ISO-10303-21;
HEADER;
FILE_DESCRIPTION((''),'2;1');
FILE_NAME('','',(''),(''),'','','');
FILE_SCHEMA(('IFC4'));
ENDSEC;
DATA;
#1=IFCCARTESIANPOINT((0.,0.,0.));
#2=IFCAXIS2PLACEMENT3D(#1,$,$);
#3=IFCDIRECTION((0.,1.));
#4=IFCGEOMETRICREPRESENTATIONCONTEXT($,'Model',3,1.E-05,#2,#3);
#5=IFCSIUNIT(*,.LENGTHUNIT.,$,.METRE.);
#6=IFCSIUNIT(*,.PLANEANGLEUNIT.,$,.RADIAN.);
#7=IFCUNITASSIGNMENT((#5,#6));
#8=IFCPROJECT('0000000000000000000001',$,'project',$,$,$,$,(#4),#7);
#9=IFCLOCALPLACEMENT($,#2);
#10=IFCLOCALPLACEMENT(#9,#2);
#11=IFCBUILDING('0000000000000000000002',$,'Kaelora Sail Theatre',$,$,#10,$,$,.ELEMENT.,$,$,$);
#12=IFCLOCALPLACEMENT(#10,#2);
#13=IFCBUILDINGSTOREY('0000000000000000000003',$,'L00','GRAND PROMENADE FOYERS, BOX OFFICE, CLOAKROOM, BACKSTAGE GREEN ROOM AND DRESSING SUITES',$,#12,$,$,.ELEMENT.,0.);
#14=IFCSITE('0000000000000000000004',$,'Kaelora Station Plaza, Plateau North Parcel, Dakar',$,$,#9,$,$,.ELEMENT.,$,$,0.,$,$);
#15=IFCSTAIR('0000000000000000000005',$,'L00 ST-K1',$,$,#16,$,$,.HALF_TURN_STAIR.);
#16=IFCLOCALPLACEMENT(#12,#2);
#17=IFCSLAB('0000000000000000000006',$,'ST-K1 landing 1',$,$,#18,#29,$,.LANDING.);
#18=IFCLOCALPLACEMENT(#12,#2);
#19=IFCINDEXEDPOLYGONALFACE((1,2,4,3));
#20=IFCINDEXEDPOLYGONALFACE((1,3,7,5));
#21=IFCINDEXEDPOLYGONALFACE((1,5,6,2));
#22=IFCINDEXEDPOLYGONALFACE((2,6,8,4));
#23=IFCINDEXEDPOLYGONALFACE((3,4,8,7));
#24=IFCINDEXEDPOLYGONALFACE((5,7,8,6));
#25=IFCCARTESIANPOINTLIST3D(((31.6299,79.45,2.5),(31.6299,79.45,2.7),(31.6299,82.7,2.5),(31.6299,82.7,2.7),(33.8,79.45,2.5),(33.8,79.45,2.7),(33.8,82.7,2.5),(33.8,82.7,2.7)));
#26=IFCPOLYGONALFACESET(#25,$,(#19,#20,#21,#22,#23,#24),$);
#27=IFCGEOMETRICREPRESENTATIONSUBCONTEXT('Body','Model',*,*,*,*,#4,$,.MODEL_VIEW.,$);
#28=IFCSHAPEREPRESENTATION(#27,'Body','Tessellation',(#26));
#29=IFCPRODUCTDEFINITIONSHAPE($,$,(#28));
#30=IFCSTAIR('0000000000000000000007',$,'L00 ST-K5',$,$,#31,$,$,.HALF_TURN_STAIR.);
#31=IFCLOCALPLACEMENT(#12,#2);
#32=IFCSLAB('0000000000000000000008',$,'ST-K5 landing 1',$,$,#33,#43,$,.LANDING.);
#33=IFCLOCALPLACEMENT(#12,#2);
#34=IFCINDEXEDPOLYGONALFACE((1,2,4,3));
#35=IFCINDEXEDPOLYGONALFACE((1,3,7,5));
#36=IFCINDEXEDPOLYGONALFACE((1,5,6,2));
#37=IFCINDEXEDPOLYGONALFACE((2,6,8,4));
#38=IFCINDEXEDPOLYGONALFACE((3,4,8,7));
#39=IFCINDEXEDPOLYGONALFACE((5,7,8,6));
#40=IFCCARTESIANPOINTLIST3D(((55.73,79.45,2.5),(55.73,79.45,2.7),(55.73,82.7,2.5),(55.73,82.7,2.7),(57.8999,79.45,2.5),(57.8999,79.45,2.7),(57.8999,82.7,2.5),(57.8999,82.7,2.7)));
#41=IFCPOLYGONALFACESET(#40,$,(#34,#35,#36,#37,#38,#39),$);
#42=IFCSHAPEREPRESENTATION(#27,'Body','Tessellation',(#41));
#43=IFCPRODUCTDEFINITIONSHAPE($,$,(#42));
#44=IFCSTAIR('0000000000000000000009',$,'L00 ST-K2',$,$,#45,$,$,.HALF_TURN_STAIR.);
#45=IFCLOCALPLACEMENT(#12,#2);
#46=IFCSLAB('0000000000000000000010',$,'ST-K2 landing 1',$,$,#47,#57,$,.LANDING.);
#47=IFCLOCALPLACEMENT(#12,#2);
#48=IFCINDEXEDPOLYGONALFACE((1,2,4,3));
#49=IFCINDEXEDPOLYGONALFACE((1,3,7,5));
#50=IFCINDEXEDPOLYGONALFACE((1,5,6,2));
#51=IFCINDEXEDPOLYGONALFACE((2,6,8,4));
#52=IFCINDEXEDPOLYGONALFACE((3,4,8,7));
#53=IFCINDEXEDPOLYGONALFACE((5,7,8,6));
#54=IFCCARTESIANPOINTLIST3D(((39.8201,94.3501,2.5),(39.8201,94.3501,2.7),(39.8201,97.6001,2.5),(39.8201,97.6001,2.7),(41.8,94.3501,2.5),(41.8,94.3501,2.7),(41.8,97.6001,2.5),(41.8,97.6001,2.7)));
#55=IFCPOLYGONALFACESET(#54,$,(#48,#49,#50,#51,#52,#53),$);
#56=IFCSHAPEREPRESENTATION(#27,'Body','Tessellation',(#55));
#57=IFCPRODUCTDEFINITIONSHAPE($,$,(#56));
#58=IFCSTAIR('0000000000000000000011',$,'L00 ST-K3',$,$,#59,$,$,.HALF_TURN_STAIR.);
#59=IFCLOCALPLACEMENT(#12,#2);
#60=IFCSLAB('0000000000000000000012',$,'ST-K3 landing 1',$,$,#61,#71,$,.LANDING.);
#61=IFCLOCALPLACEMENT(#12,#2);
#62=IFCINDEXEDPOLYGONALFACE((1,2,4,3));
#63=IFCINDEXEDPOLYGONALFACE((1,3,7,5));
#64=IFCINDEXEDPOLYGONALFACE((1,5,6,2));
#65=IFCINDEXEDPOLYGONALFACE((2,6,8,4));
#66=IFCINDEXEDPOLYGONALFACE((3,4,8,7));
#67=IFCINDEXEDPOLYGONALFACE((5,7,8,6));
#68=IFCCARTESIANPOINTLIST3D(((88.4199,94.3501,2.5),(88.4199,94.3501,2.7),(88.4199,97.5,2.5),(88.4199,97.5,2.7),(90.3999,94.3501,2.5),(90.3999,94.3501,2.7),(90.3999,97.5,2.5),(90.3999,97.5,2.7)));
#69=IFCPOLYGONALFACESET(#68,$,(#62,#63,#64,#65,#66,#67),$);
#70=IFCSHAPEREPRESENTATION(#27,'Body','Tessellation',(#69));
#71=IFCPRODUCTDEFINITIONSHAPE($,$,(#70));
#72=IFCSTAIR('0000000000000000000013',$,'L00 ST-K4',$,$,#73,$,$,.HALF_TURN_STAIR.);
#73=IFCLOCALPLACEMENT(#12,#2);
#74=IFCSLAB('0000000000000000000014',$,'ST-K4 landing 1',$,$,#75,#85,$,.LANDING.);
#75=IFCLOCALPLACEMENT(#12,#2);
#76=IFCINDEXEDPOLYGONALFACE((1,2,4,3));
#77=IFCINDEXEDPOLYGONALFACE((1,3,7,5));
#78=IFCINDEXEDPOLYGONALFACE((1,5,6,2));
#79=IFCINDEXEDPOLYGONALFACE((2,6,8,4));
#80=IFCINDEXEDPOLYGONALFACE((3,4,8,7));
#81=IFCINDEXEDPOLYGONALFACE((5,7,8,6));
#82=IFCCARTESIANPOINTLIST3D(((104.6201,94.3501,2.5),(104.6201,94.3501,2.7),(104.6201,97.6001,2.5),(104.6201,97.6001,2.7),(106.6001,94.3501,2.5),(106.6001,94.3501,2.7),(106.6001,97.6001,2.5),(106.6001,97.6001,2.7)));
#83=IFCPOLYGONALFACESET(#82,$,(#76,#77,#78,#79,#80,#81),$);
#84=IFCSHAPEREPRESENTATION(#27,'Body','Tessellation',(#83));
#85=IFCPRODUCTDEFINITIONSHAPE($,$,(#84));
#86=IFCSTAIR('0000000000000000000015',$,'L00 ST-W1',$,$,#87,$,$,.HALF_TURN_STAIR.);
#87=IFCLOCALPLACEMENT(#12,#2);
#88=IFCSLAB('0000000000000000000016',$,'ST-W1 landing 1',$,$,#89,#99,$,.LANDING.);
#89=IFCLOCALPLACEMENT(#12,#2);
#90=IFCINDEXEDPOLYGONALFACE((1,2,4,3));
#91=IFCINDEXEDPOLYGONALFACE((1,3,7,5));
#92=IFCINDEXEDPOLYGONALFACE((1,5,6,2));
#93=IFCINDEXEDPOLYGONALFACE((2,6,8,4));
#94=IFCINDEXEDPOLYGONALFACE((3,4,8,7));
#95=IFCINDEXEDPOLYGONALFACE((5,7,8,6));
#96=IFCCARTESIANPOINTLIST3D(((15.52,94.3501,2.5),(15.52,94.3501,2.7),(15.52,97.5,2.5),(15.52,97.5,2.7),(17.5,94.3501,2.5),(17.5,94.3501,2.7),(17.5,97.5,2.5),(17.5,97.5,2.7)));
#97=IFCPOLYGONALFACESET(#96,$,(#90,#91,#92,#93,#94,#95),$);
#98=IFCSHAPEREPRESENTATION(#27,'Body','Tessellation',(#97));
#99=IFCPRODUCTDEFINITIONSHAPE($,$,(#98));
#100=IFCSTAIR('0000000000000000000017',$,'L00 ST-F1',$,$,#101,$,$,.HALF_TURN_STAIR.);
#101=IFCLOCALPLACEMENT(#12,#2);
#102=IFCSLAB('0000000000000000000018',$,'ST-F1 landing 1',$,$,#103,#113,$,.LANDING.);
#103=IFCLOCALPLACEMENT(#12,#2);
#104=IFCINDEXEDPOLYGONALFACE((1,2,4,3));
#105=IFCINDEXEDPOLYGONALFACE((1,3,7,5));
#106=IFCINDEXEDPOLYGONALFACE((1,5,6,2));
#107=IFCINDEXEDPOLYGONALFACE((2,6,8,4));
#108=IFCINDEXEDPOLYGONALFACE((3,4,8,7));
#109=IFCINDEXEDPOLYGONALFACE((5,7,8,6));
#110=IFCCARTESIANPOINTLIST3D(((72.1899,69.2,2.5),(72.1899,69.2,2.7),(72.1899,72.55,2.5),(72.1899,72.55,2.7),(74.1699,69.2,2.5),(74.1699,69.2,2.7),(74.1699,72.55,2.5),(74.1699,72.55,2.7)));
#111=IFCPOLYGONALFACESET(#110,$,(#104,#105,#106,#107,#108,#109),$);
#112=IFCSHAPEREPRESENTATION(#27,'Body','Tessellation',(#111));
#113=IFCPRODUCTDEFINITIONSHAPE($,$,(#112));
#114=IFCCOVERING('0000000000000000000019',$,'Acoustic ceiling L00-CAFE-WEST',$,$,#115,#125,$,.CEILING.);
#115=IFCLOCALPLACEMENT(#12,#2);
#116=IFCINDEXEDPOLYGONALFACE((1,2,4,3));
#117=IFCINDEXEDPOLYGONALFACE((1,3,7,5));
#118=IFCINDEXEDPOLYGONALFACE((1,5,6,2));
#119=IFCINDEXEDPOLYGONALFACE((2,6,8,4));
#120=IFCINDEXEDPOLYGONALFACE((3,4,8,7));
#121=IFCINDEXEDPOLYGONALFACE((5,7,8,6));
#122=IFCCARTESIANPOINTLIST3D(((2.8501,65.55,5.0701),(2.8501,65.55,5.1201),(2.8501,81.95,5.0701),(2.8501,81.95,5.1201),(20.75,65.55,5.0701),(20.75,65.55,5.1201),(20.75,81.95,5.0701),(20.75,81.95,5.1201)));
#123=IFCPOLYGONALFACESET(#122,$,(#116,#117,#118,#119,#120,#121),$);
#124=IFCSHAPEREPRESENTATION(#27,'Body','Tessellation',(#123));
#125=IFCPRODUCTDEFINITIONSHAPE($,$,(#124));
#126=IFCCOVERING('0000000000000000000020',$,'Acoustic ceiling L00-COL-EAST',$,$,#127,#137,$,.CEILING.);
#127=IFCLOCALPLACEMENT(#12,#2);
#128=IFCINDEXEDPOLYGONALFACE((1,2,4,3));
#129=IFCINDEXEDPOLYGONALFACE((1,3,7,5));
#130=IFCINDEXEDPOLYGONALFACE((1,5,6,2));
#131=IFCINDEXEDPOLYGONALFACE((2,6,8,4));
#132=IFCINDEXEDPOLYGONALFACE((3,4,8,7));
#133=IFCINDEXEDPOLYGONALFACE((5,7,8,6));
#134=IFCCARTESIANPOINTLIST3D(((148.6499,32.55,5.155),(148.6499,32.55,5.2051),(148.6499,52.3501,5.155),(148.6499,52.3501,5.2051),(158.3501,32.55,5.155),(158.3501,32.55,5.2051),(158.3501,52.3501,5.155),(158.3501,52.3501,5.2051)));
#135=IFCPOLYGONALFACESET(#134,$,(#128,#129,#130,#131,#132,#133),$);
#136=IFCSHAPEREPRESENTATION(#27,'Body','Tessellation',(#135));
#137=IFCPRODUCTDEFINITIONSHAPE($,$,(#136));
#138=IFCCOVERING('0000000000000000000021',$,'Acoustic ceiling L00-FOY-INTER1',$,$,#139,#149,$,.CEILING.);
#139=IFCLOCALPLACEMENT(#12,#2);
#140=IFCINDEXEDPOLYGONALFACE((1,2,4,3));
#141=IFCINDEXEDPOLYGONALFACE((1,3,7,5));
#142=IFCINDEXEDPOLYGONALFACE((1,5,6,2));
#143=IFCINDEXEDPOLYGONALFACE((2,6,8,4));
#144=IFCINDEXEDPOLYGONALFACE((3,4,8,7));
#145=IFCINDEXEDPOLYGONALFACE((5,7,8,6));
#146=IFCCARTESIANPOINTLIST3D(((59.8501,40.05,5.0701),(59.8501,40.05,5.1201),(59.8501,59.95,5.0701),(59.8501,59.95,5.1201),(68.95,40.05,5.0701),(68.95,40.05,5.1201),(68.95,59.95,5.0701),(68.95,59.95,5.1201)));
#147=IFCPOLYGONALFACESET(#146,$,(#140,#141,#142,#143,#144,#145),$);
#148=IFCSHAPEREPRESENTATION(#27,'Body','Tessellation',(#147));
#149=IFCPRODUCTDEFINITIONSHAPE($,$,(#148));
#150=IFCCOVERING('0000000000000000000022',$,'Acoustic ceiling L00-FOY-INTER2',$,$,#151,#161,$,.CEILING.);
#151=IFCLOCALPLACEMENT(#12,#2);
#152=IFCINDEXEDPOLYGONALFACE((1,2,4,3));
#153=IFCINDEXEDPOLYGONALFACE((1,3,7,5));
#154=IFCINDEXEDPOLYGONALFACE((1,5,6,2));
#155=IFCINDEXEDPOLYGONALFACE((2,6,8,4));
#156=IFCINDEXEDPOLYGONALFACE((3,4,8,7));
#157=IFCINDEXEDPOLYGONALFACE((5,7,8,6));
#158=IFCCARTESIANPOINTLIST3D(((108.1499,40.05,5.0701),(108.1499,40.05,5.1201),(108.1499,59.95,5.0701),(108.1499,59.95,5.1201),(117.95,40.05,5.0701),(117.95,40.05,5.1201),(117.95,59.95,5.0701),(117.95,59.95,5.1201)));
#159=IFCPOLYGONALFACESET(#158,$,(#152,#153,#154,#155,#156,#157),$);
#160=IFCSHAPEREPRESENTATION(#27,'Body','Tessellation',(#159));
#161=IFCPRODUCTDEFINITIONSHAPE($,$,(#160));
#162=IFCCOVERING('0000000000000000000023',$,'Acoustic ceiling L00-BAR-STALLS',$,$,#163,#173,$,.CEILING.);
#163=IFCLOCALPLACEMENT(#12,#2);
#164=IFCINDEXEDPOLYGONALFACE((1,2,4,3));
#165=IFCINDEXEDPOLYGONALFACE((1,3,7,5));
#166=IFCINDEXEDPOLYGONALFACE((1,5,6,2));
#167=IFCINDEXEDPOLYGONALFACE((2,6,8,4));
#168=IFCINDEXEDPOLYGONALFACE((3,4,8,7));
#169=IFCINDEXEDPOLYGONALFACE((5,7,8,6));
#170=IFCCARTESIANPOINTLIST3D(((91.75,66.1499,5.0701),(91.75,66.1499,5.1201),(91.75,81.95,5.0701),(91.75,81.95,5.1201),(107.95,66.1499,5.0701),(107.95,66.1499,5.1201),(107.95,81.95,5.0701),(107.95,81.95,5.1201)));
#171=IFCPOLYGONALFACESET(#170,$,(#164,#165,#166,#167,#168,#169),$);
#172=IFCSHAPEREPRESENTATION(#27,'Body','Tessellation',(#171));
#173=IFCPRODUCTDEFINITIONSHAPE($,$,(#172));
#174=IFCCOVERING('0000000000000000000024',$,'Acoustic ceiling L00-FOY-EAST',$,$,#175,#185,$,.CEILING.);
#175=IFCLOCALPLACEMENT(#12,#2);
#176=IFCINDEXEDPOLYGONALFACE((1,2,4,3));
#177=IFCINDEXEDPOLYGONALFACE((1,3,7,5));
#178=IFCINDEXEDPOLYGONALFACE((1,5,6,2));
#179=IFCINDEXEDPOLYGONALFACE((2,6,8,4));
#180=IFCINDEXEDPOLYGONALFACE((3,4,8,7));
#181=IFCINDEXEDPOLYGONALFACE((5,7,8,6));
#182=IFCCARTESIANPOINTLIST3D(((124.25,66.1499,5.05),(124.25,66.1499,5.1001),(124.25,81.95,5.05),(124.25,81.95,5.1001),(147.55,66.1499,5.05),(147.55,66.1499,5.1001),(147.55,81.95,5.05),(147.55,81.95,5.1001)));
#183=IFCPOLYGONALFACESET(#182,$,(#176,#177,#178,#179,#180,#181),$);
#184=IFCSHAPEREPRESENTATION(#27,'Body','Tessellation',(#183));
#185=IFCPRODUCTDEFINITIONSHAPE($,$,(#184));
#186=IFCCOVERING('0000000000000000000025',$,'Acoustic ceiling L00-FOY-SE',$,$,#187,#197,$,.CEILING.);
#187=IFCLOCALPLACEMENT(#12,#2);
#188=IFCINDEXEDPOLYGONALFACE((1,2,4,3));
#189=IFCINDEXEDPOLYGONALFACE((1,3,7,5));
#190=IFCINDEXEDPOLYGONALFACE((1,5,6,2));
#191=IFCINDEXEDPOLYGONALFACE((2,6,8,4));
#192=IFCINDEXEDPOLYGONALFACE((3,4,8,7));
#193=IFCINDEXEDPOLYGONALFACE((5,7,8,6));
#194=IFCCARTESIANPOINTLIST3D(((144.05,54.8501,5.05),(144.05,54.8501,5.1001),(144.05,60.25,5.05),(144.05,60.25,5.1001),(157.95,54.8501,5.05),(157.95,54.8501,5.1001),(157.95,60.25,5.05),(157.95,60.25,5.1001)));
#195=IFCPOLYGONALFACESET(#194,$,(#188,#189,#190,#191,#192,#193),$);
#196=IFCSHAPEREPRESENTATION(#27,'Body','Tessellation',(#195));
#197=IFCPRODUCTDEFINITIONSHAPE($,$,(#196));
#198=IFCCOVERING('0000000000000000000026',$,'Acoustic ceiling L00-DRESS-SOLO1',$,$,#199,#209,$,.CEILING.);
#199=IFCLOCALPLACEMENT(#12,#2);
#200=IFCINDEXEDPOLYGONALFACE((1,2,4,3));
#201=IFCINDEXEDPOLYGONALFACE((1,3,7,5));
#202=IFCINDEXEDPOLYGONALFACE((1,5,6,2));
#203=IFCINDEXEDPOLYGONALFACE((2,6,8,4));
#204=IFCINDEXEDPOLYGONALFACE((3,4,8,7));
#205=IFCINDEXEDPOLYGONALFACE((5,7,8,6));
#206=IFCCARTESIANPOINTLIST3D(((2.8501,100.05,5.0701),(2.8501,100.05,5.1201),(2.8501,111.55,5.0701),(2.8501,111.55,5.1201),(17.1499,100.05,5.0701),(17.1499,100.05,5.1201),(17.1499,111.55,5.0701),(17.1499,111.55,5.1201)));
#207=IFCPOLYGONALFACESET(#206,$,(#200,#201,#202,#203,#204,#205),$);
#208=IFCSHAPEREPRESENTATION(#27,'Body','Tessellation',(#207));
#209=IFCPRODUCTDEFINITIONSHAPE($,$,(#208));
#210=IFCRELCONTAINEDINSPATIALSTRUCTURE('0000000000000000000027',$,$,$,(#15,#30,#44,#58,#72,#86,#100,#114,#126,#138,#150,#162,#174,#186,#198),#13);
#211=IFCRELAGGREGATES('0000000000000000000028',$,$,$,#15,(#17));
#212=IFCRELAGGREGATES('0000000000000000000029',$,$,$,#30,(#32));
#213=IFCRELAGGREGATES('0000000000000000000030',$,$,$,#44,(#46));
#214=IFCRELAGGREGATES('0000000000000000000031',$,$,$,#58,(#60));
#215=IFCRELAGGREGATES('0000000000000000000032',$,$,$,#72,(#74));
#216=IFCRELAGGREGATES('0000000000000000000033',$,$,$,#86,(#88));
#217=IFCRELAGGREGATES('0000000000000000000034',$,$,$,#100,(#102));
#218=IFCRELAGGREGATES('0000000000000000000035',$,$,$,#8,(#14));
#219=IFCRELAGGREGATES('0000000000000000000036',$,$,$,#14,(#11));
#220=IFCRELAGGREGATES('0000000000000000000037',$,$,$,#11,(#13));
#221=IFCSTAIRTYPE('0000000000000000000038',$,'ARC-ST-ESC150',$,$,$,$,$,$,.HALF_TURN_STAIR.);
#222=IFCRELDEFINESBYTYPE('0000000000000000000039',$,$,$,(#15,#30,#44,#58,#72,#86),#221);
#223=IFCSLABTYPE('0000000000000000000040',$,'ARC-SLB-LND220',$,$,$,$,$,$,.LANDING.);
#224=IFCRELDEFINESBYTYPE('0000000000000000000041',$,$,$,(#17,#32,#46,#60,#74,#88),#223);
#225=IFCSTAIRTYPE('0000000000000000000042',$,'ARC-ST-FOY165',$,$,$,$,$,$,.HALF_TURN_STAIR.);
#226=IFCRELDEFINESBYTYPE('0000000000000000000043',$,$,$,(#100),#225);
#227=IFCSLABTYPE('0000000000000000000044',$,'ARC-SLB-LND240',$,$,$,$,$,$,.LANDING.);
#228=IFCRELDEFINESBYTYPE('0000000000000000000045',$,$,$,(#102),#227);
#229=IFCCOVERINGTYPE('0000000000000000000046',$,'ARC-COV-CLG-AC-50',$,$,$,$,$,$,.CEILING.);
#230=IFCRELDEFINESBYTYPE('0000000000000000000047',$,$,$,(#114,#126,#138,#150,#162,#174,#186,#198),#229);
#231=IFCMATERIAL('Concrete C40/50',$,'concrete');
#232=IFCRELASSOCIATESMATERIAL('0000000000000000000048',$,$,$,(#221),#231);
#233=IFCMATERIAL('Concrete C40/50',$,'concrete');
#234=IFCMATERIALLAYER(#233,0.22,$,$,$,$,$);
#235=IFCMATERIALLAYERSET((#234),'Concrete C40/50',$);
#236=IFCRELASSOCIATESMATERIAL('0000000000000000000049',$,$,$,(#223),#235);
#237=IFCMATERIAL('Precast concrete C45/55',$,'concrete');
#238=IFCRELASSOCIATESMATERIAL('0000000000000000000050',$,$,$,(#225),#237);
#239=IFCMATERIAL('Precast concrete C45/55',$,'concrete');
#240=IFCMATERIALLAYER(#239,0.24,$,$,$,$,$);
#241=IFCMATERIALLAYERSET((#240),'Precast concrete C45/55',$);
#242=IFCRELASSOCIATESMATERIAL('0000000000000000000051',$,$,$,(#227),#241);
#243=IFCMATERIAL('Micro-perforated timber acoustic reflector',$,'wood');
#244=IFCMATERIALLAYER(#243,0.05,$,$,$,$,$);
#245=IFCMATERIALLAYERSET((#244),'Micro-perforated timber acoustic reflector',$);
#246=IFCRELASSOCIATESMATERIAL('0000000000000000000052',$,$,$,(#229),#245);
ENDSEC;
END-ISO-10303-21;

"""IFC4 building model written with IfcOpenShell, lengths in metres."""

from ifc_helpers import new_model, si_unit, direction, frame, origin, place, context, subcontext, project, spatial, polyline, outline, extrude, material, layer, layer_set, type_object, element, aggregate, save


model = new_model("IFC4")

# Units and contexts
model_context = context("Model", 3, precision=1e-05, world=origin(), true_north=direction((0.0, 1.0)))
body_context = subcontext(model_context, "Body", "Model", "MODEL_VIEW")
ifc_project = project(units=[si_unit("LENGTHUNIT", "METRE"), si_unit("PLANEANGLEUNIT", "RADIAN")], contexts=[model_context])

# Site, building, storey
site_placement = place(None, origin())
site = spatial("IfcSite", under=ifc_project, at=site_placement, Name="Kaelora Station Plaza, Plateau North Parcel, Dakar", CompositionType="ELEMENT", RefElevation=0.0)
building_placement = place(site_placement, origin())
building = spatial("IfcBuilding", under=site, at=building_placement, Name="Kaelora Sail Theatre", CompositionType="ELEMENT")
storey_placement = place(building_placement, origin())
storey = spatial("IfcBuildingStorey", under=building, at=storey_placement, Name="L00", Description="GRAND PROMENADE FOYERS, BOX OFFICE, CLOAKROOM, BACKSTAGE GREEN ROOM AND DRESSING SUITES", CompositionType="ELEMENT", Elevation=0.0)

# Stairs, slabs
ifc_material_1 = material(Name="Concrete C40/50", Category="concrete")
stair_type_1 = type_object("IfcStairType", Name="ARC-ST-ESC150", PredefinedType="HALF_TURN_STAIR", material=ifc_material_1)
stair_1_placement = place(storey_placement, origin())
stair_1 = element("IfcStair", 1, at=stair_1_placement, inside=storey, type_object=stair_type_1, Name="L00 ST-K1", PredefinedType="HALF_TURN_STAIR")
ifc_material_2 = material(Name="Concrete C40/50", Category="concrete")
ifc_layer_1 = layer(ifc_material_2, 0.22)
ifc_layer_set_1 = layer_set([ifc_layer_1], Name="Concrete C40/50")
slab_type_1 = type_object("IfcSlabType", Name="ARC-SLB-LND220", PredefinedType="LANDING", material=ifc_layer_set_1)
slab_1_placement = place(storey_placement, frame((0.0, 0.0, 2.5)))
slab_1 = element("IfcSlab", 2, at=slab_1_placement, type_object=slab_type_1, Name="ST-K1 landing 1", PredefinedType="LANDING", context=body_context, shape_type="SweptSolid", body=[
    extrude(outline(polyline([(31.6299, 79.45), (33.8, 79.45), (33.8, 82.7), (31.6299, 82.7), (31.6299, 79.45)])), origin(), (0.0, 0.0, 1.0), 0.2),
])
aggregate(stair_1, [slab_1])
stair_2_placement = place(storey_placement, origin())
stair_2 = element("IfcStair", 3, at=stair_2_placement, inside=storey, type_object=stair_type_1, Name="L00 ST-K5", PredefinedType="HALF_TURN_STAIR")
slab_2_placement = place(storey_placement, frame((0.0, 0.0, 2.5)))
slab_2 = element("IfcSlab", 4, at=slab_2_placement, type_object=slab_type_1, Name="ST-K5 landing 1", PredefinedType="LANDING", context=body_context, shape_type="SweptSolid", body=[
    extrude(outline(polyline([(55.73, 79.45), (57.8999, 79.45), (57.8999, 82.7), (55.73, 82.7), (55.73, 79.45)])), origin(), (0.0, 0.0, 1.0), 0.2),
])
aggregate(stair_2, [slab_2])
stair_3_placement = place(storey_placement, origin())
stair_3 = element("IfcStair", 5, at=stair_3_placement, inside=storey, type_object=stair_type_1, Name="L00 ST-K2", PredefinedType="HALF_TURN_STAIR")
slab_3_placement = place(storey_placement, frame((0.0, 0.0, 2.5)))
slab_3 = element("IfcSlab", 6, at=slab_3_placement, type_object=slab_type_1, Name="ST-K2 landing 1", PredefinedType="LANDING", context=body_context, shape_type="SweptSolid", body=[
    extrude(outline(polyline([(39.8201, 94.3501), (41.8, 94.3501), (41.8, 97.6001), (39.8201, 97.6001), (39.8201, 94.3501)])), origin(), (0.0, 0.0, 1.0), 0.2),
])
aggregate(stair_3, [slab_3])
stair_4_placement = place(storey_placement, origin())
stair_4 = element("IfcStair", 7, at=stair_4_placement, inside=storey, type_object=stair_type_1, Name="L00 ST-K3", PredefinedType="HALF_TURN_STAIR")
slab_4_placement = place(storey_placement, frame((0.0, 0.0, 2.5)))
slab_4 = element("IfcSlab", 8, at=slab_4_placement, type_object=slab_type_1, Name="ST-K3 landing 1", PredefinedType="LANDING", context=body_context, shape_type="SweptSolid", body=[
    extrude(outline(polyline([(88.4199, 94.3501), (90.3999, 94.3501), (90.3999, 97.5), (88.4199, 97.5), (88.4199, 94.3501)])), origin(), (0.0, 0.0, 1.0), 0.2),
])
aggregate(stair_4, [slab_4])
stair_5_placement = place(storey_placement, origin())
stair_5 = element("IfcStair", 9, at=stair_5_placement, inside=storey, type_object=stair_type_1, Name="L00 ST-K4", PredefinedType="HALF_TURN_STAIR")
slab_5_placement = place(storey_placement, frame((0.0, 0.0, 2.5)))
slab_5 = element("IfcSlab", 10, at=slab_5_placement, type_object=slab_type_1, Name="ST-K4 landing 1", PredefinedType="LANDING", context=body_context, shape_type="SweptSolid", body=[
    extrude(outline(polyline([(104.6201, 94.3501), (106.6001, 94.3501), (106.6001, 97.6001), (104.6201, 97.6001), (104.6201, 94.3501)])), origin(), (0.0, 0.0, 1.0), 0.2),
])
aggregate(stair_5, [slab_5])
stair_6_placement = place(storey_placement, origin())
stair_6 = element("IfcStair", 11, at=stair_6_placement, inside=storey, type_object=stair_type_1, Name="L00 ST-W1", PredefinedType="HALF_TURN_STAIR")
slab_6_placement = place(storey_placement, frame((0.0, 0.0, 2.5)))
slab_6 = element("IfcSlab", 12, at=slab_6_placement, type_object=slab_type_1, Name="ST-W1 landing 1", PredefinedType="LANDING", context=body_context, shape_type="SweptSolid", body=[
    extrude(outline(polyline([(15.52, 94.3501), (17.5, 94.3501), (17.5, 97.5), (15.52, 97.5), (15.52, 94.3501)])), origin(), (0.0, 0.0, 1.0), 0.2),
])
aggregate(stair_6, [slab_6])
ifc_material_3 = material(Name="Precast concrete C45/55", Category="concrete")
stair_type_2 = type_object("IfcStairType", Name="ARC-ST-FOY165", PredefinedType="HALF_TURN_STAIR", material=ifc_material_3)
stair_7_placement = place(storey_placement, origin())
stair_7 = element("IfcStair", 13, at=stair_7_placement, inside=storey, type_object=stair_type_2, Name="L00 ST-F1", PredefinedType="HALF_TURN_STAIR")
ifc_material_4 = material(Name="Precast concrete C45/55", Category="concrete")
ifc_layer_2 = layer(ifc_material_4, 0.24)
ifc_layer_set_2 = layer_set([ifc_layer_2], Name="Precast concrete C45/55")
slab_type_2 = type_object("IfcSlabType", Name="ARC-SLB-LND240", PredefinedType="LANDING", material=ifc_layer_set_2)
slab_7_placement = place(storey_placement, frame((0.0, 0.0, 2.5)))
slab_7 = element("IfcSlab", 14, at=slab_7_placement, type_object=slab_type_2, Name="ST-F1 landing 1", PredefinedType="LANDING", context=body_context, shape_type="SweptSolid", body=[
    extrude(outline(polyline([(72.1899, 69.2), (74.1699, 69.2), (74.1699, 72.55), (72.1899, 72.55), (72.1899, 69.2)])), origin(), (0.0, 0.0, 1.0), 0.2),
])
aggregate(stair_7, [slab_7])

# Coverings
ifc_material_5 = material(Name="Micro-perforated timber acoustic reflector", Category="wood")
ifc_layer_3 = layer(ifc_material_5, 0.05)
ifc_layer_set_3 = layer_set([ifc_layer_3], Name="Micro-perforated timber acoustic reflector")
covering_type_1 = type_object("IfcCoveringType", Name="ARC-COV-CLG-AC-50", PredefinedType="CEILING", material=ifc_layer_set_3)
covering_1_placement = place(storey_placement, frame((0.0, 0.0, 5.0701)))
element("IfcCovering", 15, at=covering_1_placement, inside=storey, type_object=covering_type_1, Name="Acoustic ceiling L00-CAFE-WEST", PredefinedType="CEILING", context=body_context, shape_type="SweptSolid", body=[
    extrude(outline(polyline([(2.8501, 65.55), (20.75, 65.55), (20.75, 81.95), (2.8501, 81.95), (2.8501, 65.55)])), origin(), (0.0, 0.0, 1.0), 0.05),
])
covering_2_placement = place(storey_placement, frame((0.0, 0.0, 5.155)))
element("IfcCovering", 16, at=covering_2_placement, inside=storey, type_object=covering_type_1, Name="Acoustic ceiling L00-COL-EAST", PredefinedType="CEILING", context=body_context, shape_type="SweptSolid", body=[
    extrude(outline(polyline([(148.6499, 32.55), (158.3501, 32.55), (158.3501, 52.3501), (148.6499, 52.3501), (148.6499, 32.55)])), origin(), (0.0, 0.0, 1.0), 0.05),
])
covering_3_placement = place(storey_placement, frame((0.0, 0.0, 5.0701)))
element("IfcCovering", 17, at=covering_3_placement, inside=storey, type_object=covering_type_1, Name="Acoustic ceiling L00-FOY-INTER1", PredefinedType="CEILING", context=body_context, shape_type="SweptSolid", body=[
    extrude(outline(polyline([(59.8501, 40.05), (68.95, 40.05), (68.95, 59.95), (59.8501, 59.95), (59.8501, 40.05)])), origin(), (0.0, 0.0, 1.0), 0.05),
])
covering_4_placement = place(storey_placement, frame((0.0, 0.0, 5.0701)))
element("IfcCovering", 18, at=covering_4_placement, inside=storey, type_object=covering_type_1, Name="Acoustic ceiling L00-FOY-INTER2", PredefinedType="CEILING", context=body_context, shape_type="SweptSolid", body=[
    extrude(outline(polyline([(108.1499, 40.05), (117.95, 40.05), (117.95, 59.95), (108.1499, 59.95), (108.1499, 40.05)])), origin(), (0.0, 0.0, 1.0), 0.05),
])
covering_5_placement = place(storey_placement, frame((0.0, 0.0, 5.0701)))
element("IfcCovering", 19, at=covering_5_placement, inside=storey, type_object=covering_type_1, Name="Acoustic ceiling L00-BAR-STALLS", PredefinedType="CEILING", context=body_context, shape_type="SweptSolid", body=[
    extrude(outline(polyline([(91.75, 66.1499), (107.95, 66.1499), (107.95, 81.95), (91.75, 81.95), (91.75, 66.1499)])), origin(), (0.0, 0.0, 1.0), 0.05),
])
covering_6_placement = place(storey_placement, frame((0.0, 0.0, 5.05)))
element("IfcCovering", 20, at=covering_6_placement, inside=storey, type_object=covering_type_1, Name="Acoustic ceiling L00-FOY-EAST", PredefinedType="CEILING", context=body_context, shape_type="SweptSolid", body=[
    extrude(outline(polyline([(124.25, 66.1499), (147.55, 66.1499), (147.55, 81.95), (124.25, 81.95), (124.25, 66.1499)])), origin(), (0.0, 0.0, 1.0), 0.05),
])
covering_7_placement = place(storey_placement, frame((0.0, 0.0, 5.05)))
element("IfcCovering", 21, at=covering_7_placement, inside=storey, type_object=covering_type_1, Name="Acoustic ceiling L00-FOY-SE", PredefinedType="CEILING", context=body_context, shape_type="SweptSolid", body=[
    extrude(outline(polyline([(144.05, 54.8501), (157.95, 54.8501), (157.95, 60.25), (144.05, 60.25), (144.05, 54.8501)])), origin(), (0.0, 0.0, 1.0), 0.05),
])
covering_8_placement = place(storey_placement, frame((0.0, 0.0, 5.0701)))
element("IfcCovering", 22, at=covering_8_placement, inside=storey, type_object=covering_type_1, Name="Acoustic ceiling L00-DRESS-SOLO1", PredefinedType="CEILING", context=body_context, shape_type="SweptSolid", body=[
    extrude(outline(polyline([(2.8501, 100.05), (17.1499, 100.05), (17.1499, 111.55), (2.8501, 111.55), (2.8501, 100.05)])), origin(), (0.0, 0.0, 1.0), 0.05),
])

save(model, "model.ifc")
